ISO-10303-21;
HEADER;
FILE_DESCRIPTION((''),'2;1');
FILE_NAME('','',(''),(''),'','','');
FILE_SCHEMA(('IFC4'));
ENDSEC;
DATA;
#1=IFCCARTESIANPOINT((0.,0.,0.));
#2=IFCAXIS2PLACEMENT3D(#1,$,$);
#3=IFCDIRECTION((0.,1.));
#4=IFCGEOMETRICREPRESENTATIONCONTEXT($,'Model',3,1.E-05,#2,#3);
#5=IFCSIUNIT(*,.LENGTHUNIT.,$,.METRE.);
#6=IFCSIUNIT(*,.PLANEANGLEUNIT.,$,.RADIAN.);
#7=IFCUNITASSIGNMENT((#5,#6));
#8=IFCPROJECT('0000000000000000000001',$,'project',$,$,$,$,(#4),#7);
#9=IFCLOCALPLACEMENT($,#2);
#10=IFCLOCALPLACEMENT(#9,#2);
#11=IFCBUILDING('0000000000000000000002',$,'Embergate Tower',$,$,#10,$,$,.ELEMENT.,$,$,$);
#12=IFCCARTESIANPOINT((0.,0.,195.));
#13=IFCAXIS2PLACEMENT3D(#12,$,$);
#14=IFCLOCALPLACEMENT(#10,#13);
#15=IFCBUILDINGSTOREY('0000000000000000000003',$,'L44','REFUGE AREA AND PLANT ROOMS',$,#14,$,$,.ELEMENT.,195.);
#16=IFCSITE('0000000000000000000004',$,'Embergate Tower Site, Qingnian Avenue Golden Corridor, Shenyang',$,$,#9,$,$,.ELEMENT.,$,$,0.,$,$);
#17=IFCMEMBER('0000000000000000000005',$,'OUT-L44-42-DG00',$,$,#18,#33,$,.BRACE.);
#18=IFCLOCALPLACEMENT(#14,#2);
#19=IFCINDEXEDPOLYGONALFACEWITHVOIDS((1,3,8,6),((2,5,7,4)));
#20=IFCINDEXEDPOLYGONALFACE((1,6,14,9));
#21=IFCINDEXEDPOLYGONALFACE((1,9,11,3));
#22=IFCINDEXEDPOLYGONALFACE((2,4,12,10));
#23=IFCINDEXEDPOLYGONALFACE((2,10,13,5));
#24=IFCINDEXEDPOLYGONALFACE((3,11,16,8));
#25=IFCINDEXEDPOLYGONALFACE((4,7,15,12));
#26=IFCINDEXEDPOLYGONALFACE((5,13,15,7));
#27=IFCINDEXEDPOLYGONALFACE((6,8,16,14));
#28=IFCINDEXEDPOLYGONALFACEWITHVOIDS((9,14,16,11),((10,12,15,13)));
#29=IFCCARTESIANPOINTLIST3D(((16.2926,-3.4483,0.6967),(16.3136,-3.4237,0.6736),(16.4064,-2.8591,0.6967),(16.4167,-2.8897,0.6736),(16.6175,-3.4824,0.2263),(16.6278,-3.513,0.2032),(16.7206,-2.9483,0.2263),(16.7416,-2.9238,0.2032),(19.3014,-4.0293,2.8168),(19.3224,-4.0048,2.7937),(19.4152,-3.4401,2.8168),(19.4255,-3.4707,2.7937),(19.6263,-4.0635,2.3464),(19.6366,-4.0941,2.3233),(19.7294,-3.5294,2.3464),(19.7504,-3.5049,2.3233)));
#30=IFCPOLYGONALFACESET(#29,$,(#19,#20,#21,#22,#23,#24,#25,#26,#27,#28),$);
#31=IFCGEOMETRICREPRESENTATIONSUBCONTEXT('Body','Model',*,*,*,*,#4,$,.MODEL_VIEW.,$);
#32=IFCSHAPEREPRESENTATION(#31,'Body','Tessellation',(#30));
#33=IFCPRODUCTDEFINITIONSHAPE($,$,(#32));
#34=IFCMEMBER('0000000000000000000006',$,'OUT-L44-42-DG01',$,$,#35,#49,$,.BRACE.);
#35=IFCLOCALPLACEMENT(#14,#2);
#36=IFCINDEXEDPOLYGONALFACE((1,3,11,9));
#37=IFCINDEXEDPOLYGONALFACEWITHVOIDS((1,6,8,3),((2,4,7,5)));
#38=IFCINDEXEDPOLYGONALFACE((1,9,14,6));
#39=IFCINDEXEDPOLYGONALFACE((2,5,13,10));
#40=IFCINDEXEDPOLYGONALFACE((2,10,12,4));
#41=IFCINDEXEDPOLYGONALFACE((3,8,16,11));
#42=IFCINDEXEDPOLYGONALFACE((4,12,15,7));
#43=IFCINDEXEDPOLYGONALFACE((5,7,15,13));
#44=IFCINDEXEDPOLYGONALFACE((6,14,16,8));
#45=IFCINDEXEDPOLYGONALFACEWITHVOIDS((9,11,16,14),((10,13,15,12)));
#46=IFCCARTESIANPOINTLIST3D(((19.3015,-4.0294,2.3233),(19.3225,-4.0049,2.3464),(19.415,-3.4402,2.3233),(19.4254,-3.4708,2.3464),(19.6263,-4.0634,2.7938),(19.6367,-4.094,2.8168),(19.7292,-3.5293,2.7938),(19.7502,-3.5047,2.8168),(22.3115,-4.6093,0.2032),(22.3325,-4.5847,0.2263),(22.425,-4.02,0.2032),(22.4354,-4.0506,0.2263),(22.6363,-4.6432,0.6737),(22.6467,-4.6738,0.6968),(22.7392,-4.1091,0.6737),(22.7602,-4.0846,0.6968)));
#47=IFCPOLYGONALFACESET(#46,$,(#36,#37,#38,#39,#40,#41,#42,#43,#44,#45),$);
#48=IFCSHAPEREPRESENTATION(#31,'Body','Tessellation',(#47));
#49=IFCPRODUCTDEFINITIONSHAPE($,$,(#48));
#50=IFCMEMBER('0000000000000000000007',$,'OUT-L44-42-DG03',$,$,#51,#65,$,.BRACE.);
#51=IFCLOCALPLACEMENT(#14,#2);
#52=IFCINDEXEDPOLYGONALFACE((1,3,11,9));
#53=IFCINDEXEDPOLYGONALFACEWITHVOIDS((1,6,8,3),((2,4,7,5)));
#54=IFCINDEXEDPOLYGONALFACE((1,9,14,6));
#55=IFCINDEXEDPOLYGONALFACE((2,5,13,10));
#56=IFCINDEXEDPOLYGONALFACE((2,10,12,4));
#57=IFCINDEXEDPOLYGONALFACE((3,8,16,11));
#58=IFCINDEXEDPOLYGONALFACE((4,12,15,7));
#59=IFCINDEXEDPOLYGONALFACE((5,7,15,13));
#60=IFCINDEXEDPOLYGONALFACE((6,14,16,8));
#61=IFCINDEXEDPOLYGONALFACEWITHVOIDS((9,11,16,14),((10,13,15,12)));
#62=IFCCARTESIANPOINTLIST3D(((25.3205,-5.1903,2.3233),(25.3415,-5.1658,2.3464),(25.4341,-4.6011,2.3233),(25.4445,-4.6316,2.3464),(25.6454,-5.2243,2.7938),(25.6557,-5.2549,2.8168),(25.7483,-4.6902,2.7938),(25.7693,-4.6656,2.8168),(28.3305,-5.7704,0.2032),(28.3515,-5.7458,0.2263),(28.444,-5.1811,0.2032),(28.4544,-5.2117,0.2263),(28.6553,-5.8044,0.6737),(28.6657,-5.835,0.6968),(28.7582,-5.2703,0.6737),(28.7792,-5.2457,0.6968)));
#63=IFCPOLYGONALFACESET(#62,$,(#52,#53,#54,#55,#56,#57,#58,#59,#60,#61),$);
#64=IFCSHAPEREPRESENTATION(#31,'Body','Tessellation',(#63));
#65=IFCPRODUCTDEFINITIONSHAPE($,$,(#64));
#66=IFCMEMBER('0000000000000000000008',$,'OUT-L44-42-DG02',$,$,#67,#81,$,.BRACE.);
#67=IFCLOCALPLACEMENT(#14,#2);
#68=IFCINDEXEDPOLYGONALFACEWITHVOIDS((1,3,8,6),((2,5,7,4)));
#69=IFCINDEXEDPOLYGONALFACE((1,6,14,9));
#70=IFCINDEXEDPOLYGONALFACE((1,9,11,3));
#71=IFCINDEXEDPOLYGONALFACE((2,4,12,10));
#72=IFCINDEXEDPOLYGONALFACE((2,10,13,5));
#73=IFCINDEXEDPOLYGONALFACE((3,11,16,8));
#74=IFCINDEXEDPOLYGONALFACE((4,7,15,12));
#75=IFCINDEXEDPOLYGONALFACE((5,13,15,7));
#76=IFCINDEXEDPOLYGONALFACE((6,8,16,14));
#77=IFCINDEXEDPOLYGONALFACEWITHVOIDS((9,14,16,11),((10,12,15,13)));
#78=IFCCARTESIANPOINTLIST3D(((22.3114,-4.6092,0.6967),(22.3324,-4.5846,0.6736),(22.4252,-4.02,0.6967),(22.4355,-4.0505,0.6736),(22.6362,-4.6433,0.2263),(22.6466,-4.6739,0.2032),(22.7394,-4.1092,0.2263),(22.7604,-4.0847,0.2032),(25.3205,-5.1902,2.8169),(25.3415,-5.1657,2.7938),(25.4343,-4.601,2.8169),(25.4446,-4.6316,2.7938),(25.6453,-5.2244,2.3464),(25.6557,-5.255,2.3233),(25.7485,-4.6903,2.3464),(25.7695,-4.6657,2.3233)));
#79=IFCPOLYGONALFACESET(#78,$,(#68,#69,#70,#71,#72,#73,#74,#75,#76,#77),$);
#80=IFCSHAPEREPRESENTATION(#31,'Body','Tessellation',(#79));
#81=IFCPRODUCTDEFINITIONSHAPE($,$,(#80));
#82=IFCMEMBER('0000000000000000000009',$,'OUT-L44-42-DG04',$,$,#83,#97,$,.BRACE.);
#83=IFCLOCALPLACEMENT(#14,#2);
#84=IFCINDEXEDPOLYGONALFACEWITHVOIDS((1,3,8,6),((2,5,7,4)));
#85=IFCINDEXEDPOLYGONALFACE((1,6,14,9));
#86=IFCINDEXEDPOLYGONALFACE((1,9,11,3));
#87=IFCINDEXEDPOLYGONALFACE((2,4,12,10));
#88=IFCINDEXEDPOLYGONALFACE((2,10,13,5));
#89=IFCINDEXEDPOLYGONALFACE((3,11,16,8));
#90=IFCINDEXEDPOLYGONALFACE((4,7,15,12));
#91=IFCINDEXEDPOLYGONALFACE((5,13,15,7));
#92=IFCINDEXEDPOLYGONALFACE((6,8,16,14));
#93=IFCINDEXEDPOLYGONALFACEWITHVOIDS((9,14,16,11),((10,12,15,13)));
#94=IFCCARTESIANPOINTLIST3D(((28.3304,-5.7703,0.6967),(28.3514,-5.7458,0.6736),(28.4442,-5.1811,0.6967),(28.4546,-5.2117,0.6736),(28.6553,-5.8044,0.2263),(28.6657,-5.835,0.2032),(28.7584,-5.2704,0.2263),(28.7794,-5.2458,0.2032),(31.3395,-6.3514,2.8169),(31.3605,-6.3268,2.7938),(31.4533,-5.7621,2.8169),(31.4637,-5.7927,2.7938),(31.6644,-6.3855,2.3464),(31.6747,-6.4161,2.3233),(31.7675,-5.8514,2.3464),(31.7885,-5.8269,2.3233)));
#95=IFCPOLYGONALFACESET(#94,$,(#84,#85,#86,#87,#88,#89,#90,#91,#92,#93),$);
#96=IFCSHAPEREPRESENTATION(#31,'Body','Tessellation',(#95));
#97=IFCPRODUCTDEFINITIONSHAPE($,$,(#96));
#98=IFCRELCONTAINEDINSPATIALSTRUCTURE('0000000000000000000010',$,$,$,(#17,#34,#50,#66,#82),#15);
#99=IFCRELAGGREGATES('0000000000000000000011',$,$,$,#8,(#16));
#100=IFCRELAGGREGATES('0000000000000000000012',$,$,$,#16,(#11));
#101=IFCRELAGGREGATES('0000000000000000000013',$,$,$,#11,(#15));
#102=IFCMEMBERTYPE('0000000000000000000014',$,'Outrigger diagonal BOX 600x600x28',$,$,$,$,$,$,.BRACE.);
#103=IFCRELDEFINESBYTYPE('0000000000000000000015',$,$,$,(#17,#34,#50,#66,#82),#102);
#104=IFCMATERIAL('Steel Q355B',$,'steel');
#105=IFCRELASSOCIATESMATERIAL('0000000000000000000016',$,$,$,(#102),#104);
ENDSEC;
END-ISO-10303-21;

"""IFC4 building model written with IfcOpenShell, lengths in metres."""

from ifc_helpers import new_model, si_unit, direction, frame, origin, origin_2d, place, context, subcontext, project, spatial, hollow_rectangle, extrude, source, transform, mapped, material, material_profile, profile_set, type_object, element, save


model = new_model("IFC4")

# Units and contexts
model_context = context("Model", 3, precision=1e-05, world=origin(), true_north=direction((0.0, 1.0)))
body_context = subcontext(model_context, "Body", "Model", "MODEL_VIEW")
ifc_project = project(units=[si_unit("LENGTHUNIT", "METRE"), si_unit("PLANEANGLEUNIT", "RADIAN")], contexts=[model_context])

# Site, building, storey
site_placement = place(None, origin())
site = spatial("IfcSite", under=ifc_project, at=site_placement, Name="Embergate Tower Site, Qingnian Avenue Golden Corridor, Shenyang", CompositionType="ELEMENT", RefElevation=0.0)
building_placement = place(site_placement, origin())
building = spatial("IfcBuilding", under=site, at=building_placement, Name="Embergate Tower", CompositionType="ELEMENT")
storey_placement = place(building_placement, frame((0.0, 0.0, 195.0)))
storey = spatial("IfcBuildingStorey", under=building, at=storey_placement, Name="L44", Description="REFUGE AREA AND PLANT ROOMS", CompositionType="ELEMENT", Elevation=195.0)

# Members
ifc_material = material(Name="Steel Q355B", Category="steel")
ifc_material_profile_1 = material_profile(ifc_material, hollow_rectangle(XDim=0.6001, YDim=0.6001, WallThickness=0.0281, at=origin_2d()), Name="BOX 600x600x28")
ifc_profile_set_1 = profile_set([ifc_material_profile_1], Name="Steel Q355 grade B")
member_type_1 = type_object("IfcMemberType", Name="Outrigger diagonal BOX 600x600x28", PredefinedType="BRACE", material=ifc_profile_set_1)
shared_shape_1 = source(origin(), body_context, "Body", "SweptSolid", [
    extrude(hollow_rectangle(XDim=0.6001, YDim=0.6001, WallThickness=0.0281, at=origin_2d()), origin(), (0.0, 0.0, 1.0), 3.7263),
])
member_1_placement = place(storey_placement, frame((16.5171, -3.186, 0.45), z_axis=(0.807446, -0.155933, 0.56896), x_axis=(0.189616, 0.981858, 0.0)))
element("IfcMember", 1, at=member_1_placement, inside=storey, type_object=member_type_1, Name="OUT-L44-42-DG00", PredefinedType="BRACE", context=body_context, shape_type="MappedRepresentation", body=[
    mapped(shared_shape_1, transform((0.0, 0.0, 0.0))),
])
shared_shape_2 = source(origin(), body_context, "Body", "SweptSolid", [
    extrude(hollow_rectangle(XDim=0.6001, YDim=0.6001, WallThickness=0.0281, at=origin_2d()), origin(), (0.0, 0.0, 1.0), 3.7271),
])
for number, where, z_axis, x_axis, name in (
    (2, (19.5259, -3.7671, 2.5701), (0.807601, -0.155572, -0.568839), (0.189158, 0.981947, 0.0), "OUT-L44-42-DG01"),
    (3, (25.5449, -4.928, 2.5701), (0.807593, -0.155636, -0.568833), (0.189234, 0.981932, 0.0), "OUT-L44-42-DG03"),
):
    element("IfcMember", number, at=place(storey_placement, frame(where, z_axis=z_axis, x_axis=x_axis)), inside=storey, type_object=member_type_1, Name=name, PredefinedType="BRACE", context=body_context, shape_type="MappedRepresentation", body=[
        mapped(shared_shape_2, transform((0.0, 0.0, 0.0))),
    ])
shared_shape_3 = source(origin(), body_context, "Body", "SweptSolid", [
    extrude(hollow_rectangle(XDim=0.6001, YDim=0.6001, WallThickness=0.0281, at=origin_2d()), origin(), (0.0, 0.0, 1.0), 3.7266),
])
for number, where, z_axis, x_axis, name in (
    (4, (22.5359, -4.3469, 0.45), (0.807469, -0.155925, 0.56893), (0.189601, 0.981861, 0.0), "OUT-L44-42-DG02"),
    (5, (28.5549, -5.5081, 0.45), (0.807469, -0.155925, 0.56893), (0.189601, 0.981861, 0.0), "OUT-L44-42-DG04"),
):
    element("IfcMember", number, at=place(storey_placement, frame(where, z_axis=z_axis, x_axis=x_axis)), inside=storey, type_object=member_type_1, Name=name, PredefinedType="BRACE", context=body_context, shape_type="MappedRepresentation", body=[
        mapped(shared_shape_3, transform((0.0, 0.0, 0.0))),
    ])

save(model, "model.ifc")
